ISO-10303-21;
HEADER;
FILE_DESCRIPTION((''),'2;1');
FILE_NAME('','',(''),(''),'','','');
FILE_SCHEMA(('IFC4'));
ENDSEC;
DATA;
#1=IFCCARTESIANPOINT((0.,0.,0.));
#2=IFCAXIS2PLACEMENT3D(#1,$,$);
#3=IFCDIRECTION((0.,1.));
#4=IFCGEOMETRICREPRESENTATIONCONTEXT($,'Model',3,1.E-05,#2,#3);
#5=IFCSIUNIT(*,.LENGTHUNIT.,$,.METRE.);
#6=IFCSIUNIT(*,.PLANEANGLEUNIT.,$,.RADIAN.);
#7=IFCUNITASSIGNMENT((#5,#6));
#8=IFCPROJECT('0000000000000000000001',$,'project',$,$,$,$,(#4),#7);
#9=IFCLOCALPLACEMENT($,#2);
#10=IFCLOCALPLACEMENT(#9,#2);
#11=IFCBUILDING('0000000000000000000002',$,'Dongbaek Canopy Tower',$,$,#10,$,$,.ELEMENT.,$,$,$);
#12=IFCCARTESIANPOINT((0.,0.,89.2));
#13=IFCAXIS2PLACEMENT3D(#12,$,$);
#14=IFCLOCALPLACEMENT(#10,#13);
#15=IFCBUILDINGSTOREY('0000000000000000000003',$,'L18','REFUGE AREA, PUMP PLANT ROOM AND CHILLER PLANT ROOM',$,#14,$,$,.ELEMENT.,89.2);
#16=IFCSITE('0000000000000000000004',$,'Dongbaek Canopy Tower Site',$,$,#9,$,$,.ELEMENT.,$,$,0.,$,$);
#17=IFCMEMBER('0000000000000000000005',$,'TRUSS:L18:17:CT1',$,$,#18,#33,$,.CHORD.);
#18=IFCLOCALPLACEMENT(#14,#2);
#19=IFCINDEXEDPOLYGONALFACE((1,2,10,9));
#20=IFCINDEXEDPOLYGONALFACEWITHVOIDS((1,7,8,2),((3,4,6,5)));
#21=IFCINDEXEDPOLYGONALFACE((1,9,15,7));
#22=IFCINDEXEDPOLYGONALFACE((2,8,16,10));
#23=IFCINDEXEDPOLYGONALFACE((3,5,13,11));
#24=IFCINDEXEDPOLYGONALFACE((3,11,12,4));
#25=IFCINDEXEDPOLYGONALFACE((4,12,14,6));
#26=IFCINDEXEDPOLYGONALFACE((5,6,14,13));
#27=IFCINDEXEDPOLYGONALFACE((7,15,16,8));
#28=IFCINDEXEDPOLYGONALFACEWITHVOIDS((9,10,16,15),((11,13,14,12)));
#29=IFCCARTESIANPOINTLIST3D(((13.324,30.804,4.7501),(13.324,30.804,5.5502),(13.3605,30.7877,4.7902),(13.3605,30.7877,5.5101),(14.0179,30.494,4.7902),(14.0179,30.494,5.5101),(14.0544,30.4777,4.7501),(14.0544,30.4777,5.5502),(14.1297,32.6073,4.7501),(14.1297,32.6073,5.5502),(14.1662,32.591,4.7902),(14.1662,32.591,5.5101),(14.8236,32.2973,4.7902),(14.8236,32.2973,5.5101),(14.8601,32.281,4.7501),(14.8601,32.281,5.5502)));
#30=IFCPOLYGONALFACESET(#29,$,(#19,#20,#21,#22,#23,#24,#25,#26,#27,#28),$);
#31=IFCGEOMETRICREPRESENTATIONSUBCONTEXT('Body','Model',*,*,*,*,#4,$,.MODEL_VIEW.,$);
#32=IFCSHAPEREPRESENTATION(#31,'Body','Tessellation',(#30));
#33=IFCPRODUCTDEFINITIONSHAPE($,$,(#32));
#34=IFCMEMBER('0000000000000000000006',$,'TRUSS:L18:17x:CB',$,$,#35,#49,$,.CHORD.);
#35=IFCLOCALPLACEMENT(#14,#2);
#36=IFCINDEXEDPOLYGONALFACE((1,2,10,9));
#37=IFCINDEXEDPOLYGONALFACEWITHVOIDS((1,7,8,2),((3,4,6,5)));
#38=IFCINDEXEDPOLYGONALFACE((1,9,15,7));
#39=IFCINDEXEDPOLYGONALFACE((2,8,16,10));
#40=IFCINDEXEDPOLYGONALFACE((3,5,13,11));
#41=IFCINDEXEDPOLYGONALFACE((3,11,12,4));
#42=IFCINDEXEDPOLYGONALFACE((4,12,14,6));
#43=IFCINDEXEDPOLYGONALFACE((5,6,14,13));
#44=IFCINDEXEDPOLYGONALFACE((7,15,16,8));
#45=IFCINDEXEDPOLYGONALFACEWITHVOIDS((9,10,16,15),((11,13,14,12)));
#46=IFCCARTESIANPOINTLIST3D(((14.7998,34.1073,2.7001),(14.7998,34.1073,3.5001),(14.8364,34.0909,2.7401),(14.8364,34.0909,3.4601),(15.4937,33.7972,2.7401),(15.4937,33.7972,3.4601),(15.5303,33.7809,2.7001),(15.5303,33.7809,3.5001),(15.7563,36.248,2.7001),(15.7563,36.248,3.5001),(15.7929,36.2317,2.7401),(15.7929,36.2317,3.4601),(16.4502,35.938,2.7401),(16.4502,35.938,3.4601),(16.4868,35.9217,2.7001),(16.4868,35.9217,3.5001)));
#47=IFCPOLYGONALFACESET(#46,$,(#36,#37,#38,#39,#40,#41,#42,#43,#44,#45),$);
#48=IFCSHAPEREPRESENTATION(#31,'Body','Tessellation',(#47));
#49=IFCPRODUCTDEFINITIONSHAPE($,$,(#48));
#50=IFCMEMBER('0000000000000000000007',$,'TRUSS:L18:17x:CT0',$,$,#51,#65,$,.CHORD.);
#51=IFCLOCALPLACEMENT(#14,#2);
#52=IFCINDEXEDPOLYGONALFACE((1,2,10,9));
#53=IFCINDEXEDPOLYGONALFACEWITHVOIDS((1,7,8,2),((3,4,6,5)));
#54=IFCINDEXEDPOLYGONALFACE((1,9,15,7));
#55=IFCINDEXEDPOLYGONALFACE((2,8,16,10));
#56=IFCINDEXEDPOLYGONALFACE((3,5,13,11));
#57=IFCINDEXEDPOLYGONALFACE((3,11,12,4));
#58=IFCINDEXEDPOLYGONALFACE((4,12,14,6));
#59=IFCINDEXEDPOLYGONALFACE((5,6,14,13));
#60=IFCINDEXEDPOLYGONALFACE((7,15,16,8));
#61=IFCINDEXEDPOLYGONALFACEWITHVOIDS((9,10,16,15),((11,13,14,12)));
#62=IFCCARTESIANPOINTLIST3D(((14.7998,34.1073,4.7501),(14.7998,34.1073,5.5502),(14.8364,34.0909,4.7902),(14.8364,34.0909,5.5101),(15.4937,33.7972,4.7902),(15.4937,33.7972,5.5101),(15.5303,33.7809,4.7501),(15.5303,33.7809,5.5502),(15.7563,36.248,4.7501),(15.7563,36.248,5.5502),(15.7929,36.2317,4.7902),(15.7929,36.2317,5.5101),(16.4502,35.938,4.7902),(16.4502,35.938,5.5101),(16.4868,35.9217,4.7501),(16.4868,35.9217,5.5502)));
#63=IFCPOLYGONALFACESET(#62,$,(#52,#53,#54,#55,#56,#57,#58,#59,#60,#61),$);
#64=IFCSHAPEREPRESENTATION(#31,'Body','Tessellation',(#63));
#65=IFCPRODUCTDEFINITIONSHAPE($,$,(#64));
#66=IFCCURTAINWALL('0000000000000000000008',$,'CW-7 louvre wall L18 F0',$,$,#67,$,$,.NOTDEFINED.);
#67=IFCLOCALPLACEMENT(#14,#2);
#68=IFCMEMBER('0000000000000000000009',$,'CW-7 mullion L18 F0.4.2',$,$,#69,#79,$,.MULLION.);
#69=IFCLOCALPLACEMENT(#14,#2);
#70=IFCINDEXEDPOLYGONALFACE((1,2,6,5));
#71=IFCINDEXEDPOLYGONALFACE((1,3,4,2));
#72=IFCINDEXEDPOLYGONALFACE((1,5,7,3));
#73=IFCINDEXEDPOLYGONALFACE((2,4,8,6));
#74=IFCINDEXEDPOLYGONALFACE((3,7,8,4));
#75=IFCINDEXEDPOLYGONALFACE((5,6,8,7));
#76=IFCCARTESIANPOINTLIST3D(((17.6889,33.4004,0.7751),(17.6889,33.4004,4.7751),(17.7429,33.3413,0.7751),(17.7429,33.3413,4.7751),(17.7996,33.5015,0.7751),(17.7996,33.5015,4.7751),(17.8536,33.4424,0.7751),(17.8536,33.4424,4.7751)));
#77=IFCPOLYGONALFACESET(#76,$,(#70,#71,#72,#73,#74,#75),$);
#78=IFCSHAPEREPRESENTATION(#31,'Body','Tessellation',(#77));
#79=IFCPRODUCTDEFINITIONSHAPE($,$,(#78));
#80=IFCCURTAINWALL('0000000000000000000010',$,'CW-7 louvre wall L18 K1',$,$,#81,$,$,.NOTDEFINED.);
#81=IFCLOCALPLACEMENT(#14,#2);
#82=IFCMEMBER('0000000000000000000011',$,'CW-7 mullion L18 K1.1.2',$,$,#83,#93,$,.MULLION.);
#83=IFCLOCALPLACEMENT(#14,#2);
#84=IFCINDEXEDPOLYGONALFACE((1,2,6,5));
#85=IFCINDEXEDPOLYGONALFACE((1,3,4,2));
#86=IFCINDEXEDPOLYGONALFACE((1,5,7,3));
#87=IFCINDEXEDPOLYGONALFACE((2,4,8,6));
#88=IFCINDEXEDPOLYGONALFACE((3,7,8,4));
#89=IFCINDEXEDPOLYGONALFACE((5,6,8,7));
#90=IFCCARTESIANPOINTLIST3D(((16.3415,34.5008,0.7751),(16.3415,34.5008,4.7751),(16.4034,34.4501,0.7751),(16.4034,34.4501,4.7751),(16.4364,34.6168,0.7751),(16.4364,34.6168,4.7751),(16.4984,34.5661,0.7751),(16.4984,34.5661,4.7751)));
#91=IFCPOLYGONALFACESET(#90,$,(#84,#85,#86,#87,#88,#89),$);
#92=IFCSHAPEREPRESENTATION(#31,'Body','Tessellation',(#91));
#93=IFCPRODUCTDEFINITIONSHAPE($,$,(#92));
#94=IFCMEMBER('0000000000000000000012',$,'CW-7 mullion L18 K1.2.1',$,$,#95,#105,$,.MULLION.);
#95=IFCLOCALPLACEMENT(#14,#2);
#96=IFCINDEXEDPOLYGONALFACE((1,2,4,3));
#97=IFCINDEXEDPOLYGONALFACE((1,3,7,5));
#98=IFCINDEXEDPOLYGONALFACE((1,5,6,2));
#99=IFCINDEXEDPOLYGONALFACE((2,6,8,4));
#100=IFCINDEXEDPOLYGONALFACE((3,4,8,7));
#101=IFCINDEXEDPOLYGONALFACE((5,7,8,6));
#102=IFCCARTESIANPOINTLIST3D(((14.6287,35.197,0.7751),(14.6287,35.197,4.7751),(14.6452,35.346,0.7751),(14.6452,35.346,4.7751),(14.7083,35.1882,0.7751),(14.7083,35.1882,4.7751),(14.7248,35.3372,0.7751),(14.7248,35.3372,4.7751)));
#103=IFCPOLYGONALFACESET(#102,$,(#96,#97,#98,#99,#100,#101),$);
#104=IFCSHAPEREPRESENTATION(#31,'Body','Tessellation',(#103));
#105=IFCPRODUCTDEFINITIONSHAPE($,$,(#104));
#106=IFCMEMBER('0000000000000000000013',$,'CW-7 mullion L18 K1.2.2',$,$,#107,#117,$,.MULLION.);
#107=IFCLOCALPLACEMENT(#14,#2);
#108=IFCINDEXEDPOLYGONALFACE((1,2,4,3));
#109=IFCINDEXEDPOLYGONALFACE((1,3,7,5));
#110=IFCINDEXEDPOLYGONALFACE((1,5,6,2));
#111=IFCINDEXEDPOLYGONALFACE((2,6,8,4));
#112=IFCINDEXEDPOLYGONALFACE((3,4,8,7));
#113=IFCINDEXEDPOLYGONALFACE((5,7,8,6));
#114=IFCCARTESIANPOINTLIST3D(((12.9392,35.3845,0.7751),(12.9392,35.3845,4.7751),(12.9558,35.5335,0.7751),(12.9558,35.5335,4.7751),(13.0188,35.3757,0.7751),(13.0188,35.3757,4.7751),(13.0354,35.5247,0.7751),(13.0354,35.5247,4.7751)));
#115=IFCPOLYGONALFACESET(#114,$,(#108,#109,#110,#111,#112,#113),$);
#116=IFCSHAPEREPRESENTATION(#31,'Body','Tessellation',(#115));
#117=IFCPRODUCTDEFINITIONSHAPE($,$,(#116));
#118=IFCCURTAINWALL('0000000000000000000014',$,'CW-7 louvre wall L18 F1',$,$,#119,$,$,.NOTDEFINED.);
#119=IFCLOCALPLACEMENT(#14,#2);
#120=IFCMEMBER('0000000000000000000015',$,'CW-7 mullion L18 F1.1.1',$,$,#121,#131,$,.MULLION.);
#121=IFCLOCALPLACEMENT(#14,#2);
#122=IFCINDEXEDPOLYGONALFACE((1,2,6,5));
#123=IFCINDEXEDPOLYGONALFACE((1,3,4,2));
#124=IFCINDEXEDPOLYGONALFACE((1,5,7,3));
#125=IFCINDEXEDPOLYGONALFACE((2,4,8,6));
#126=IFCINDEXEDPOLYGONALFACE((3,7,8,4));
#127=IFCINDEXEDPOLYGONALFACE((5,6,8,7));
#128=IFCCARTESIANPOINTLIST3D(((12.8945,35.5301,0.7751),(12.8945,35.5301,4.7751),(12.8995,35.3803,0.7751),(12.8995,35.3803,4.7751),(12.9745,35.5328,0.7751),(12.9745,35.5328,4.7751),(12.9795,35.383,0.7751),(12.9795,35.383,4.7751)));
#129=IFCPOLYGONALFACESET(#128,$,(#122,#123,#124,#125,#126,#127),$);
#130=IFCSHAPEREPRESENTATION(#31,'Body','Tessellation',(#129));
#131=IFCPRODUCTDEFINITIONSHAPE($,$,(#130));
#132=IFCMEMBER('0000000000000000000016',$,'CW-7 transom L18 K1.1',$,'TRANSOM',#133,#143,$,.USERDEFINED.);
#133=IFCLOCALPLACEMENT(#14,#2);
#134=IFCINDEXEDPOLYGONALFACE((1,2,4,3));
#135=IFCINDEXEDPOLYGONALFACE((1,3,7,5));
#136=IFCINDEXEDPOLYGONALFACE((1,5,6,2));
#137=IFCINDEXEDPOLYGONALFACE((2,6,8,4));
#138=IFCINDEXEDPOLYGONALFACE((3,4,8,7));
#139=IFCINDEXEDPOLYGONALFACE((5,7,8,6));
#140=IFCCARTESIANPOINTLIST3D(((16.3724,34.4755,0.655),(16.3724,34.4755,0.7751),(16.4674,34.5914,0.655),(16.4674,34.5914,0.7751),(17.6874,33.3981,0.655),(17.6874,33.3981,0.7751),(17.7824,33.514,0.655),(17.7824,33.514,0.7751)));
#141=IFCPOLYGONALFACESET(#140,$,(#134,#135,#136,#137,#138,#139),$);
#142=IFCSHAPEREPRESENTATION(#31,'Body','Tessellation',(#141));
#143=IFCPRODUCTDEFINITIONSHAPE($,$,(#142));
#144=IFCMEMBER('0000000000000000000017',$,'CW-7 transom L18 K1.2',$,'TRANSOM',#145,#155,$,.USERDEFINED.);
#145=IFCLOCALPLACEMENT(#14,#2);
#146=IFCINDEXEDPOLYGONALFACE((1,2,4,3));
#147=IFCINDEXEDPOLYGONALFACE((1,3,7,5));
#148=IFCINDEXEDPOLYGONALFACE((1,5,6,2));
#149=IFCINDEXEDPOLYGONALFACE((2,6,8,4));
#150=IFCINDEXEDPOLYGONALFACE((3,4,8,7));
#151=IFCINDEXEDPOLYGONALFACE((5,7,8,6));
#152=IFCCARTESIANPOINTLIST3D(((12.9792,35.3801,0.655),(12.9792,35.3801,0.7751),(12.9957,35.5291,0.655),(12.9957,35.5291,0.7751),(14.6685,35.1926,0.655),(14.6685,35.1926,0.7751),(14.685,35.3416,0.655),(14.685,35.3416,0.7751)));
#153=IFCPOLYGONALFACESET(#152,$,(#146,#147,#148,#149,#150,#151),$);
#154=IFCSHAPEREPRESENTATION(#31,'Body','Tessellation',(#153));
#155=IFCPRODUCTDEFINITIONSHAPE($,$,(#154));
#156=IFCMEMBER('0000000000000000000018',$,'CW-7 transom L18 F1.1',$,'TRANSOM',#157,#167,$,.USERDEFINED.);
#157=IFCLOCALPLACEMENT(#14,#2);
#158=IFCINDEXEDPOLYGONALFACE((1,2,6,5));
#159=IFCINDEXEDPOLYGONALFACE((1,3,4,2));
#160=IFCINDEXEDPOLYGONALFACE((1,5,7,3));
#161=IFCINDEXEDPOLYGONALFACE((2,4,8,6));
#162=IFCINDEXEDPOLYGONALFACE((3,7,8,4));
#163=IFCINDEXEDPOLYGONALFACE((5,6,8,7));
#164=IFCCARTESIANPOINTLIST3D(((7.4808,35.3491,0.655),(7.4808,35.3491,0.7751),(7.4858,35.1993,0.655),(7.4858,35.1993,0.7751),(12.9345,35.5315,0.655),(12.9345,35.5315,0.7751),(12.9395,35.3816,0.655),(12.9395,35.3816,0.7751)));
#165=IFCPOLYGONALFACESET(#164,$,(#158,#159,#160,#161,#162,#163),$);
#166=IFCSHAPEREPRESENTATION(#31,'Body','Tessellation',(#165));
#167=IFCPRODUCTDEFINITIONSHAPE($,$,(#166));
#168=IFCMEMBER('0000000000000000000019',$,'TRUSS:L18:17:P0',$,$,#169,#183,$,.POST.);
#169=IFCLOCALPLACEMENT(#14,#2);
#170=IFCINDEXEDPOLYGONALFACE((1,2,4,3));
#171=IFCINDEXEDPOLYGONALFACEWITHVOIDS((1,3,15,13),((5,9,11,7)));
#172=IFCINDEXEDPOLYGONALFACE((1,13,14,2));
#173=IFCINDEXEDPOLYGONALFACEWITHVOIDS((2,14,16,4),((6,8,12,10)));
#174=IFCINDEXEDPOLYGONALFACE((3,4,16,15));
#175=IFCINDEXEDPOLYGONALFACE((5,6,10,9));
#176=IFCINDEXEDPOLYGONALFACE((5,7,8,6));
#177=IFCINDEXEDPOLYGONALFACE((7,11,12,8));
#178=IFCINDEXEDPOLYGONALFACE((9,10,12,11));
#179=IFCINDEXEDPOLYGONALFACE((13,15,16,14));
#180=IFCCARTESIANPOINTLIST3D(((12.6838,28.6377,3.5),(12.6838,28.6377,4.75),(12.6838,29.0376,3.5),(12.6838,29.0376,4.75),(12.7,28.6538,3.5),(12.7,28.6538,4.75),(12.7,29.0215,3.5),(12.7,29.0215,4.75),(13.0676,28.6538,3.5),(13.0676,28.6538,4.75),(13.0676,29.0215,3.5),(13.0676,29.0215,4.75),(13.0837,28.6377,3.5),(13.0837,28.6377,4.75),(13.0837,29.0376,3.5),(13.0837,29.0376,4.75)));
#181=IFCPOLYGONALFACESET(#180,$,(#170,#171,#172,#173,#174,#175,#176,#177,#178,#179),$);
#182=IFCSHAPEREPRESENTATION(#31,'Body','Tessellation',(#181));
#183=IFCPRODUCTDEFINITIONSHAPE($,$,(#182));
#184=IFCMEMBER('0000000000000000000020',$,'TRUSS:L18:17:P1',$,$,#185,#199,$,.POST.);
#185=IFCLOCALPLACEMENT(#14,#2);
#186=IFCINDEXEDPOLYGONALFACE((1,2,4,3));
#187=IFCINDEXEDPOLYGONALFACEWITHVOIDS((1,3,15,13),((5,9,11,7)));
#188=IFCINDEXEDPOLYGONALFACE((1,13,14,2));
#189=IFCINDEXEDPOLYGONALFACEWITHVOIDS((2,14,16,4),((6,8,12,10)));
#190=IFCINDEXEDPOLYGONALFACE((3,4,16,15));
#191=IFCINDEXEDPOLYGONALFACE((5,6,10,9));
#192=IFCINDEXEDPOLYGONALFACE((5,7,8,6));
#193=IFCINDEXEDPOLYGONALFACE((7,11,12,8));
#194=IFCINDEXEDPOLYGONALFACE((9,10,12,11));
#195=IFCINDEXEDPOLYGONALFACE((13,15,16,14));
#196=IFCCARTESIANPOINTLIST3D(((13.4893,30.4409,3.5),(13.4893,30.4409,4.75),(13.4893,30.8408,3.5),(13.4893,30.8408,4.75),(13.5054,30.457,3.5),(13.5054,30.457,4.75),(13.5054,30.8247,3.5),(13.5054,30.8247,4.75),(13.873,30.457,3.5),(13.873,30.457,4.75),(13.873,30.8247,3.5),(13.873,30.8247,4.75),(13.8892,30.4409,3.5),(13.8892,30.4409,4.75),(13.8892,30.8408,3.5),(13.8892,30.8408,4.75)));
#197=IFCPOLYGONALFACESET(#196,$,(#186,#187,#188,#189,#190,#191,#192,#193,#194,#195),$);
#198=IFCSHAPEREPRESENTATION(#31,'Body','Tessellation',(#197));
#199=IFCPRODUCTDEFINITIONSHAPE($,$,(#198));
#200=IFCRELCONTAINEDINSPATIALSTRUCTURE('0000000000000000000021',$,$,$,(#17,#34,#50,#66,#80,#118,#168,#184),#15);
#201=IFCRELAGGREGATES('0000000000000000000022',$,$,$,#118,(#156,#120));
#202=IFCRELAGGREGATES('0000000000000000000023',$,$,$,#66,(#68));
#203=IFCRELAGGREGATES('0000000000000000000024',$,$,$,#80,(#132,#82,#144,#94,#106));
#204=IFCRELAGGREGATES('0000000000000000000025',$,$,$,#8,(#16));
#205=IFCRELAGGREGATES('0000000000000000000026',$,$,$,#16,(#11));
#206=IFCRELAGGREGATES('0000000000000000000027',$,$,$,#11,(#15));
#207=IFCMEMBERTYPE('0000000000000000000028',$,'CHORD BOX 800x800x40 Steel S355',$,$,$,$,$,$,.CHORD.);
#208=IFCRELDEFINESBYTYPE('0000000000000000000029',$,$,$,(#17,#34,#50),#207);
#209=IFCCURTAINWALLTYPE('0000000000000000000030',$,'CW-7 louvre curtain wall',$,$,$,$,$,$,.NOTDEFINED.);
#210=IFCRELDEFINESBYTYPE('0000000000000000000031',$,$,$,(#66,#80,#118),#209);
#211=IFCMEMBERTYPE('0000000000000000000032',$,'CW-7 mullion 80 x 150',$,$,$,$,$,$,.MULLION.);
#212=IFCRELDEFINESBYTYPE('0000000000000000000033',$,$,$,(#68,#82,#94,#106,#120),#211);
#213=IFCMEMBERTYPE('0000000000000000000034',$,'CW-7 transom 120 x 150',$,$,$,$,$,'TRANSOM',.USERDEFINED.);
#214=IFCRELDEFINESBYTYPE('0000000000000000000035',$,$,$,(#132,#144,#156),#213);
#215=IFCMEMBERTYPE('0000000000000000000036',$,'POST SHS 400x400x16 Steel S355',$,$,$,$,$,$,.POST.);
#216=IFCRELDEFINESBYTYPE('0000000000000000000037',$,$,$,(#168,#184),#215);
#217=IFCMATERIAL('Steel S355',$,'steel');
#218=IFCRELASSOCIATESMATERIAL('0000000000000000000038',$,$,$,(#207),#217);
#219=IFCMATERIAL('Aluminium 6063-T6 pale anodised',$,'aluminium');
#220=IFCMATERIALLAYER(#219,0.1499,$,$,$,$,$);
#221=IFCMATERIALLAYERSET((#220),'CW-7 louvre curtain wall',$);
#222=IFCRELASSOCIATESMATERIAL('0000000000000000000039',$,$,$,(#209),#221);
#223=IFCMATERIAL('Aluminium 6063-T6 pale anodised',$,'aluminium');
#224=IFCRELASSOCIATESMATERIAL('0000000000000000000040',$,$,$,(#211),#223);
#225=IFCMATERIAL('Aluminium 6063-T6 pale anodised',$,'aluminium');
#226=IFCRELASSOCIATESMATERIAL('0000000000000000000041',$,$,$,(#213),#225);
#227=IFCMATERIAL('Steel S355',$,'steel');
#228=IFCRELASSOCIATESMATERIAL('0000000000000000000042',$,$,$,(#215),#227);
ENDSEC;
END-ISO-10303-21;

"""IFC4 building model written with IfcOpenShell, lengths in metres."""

from ifc_helpers import new_model, si_unit, direction, frame, origin, origin_2d, place, context, subcontext, project, spatial, rectangle, hollow_rectangle, extrude, material, layer, layer_set, material_profile, profile_set, type_object, element, aggregate, save


model = new_model("IFC4")

# Units and contexts
model_context = context("Model", 3, precision=1e-05, world=origin(), true_north=direction((0.0, 1.0)))
body_context = subcontext(model_context, "Body", "Model", "MODEL_VIEW")
ifc_project = project(units=[si_unit("LENGTHUNIT", "METRE"), si_unit("PLANEANGLEUNIT", "RADIAN")], contexts=[model_context])

# Site, building, storey
site_placement = place(None, origin())
site = spatial("IfcSite", under=ifc_project, at=site_placement, Name="Dongbaek Canopy Tower Site", CompositionType="ELEMENT", RefElevation=0.0)
building_placement = place(site_placement, origin())
building = spatial("IfcBuilding", under=site, at=building_placement, Name="Dongbaek Canopy Tower", CompositionType="ELEMENT")
storey_placement = place(building_placement, frame((0.0, 0.0, 89.2)))
storey = spatial("IfcBuildingStorey", under=building, at=storey_placement, Name="L18", Description="REFUGE AREA, PUMP PLANT ROOM AND CHILLER PLANT ROOM", CompositionType="ELEMENT", Elevation=89.2)

# Members
ifc_material_1 = material(Name="Steel S355", Category="steel")
ifc_material_profile_1 = material_profile(ifc_material_1, hollow_rectangle(XDim=0.8, YDim=0.8, WallThickness=0.04, at=origin_2d()), Name="CHORD BOX 800x800x40 Steel S355")
ifc_profile_set_1 = profile_set([ifc_material_profile_1], Name="Steel S355")
member_type_1 = type_object("IfcMemberType", Name="CHORD BOX 800x800x40 Steel S355", PredefinedType="CHORD", material=ifc_profile_set_1)
member_1_placement = place(storey_placement, frame((13.6892, 30.6409, 5.1501), z_axis=(0.407927, 0.913015, 0.0), x_axis=(-0.913015, 0.407927, 0.0)))
element("IfcMember", 1, at=member_1_placement, inside=storey, type_object=member_type_1, Name="TRUSS:L18:17:CT1", PredefinedType="CHORD", context=body_context, shape_type="SweptSolid", body=[
    extrude(hollow_rectangle(XDim=0.8, YDim=0.8, WallThickness=0.04, at=origin_2d()), origin(), (0.0, 0.0, 1.0), 1.9751),
])
for number, where, z_axis, x_axis, name in (
    (2, (15.165, 33.9441, 3.1001), (0.407935, 0.913011, 0.0), (-0.913011, 0.407935, 0.0), "TRUSS:L18:17x:CB"),
    (3, (15.165, 33.9441, 5.1501), (0.407935, 0.913011, 0.0), (-0.913011, 0.407935, 0.0), "TRUSS:L18:17x:CT0"),
):
    element("IfcMember", number, at=place(storey_placement, frame(where, z_axis=z_axis, x_axis=x_axis)), inside=storey, type_object=member_type_1, Name=name, PredefinedType="CHORD", context=body_context, shape_type="SweptSolid", body=[
        extrude(hollow_rectangle(XDim=0.8, YDim=0.8, WallThickness=0.04, at=origin_2d()), origin(), (0.0, 0.0, 1.0), 2.3447),
    ])

# Curtain wall, member
ifc_material_2 = material(Name="Aluminium 6063-T6 pale anodised", Category="aluminium")
ifc_layer_1 = layer(ifc_material_2, 0.1499)
ifc_layer_set_1 = layer_set([ifc_layer_1], Name="CW-7 louvre curtain wall")
curtain_wall_type = type_object("IfcCurtainWallType", Name="CW-7 louvre curtain wall", PredefinedType="NOTDEFINED", material=ifc_layer_set_1)
curtain_wall_1_placement = place(storey_placement, origin())
curtain_wall_1 = element("IfcCurtainWall", 4, at=curtain_wall_1_placement, inside=storey, type_object=curtain_wall_type, Name="CW-7 louvre wall L18 F0", PredefinedType="NOTDEFINED")
ifc_material_3 = material(Name="Aluminium 6063-T6 pale anodised", Category="aluminium")
ifc_material_profile_2 = material_profile(ifc_material_3, rectangle(XDim=0.1499, YDim=0.0801, at=origin_2d()), Name="CW-7 mullion 80 x 150")
ifc_profile_set_2 = profile_set([ifc_material_profile_2], Name="Aluminium 6063-T6 pale anodised")
member_type_2 = type_object("IfcMemberType", Name="CW-7 mullion 80 x 150", PredefinedType="MULLION", material=ifc_profile_set_2)
member_2_placement = place(storey_placement, frame((17.7712, 33.4214, 0.7751), z_axis=(0.0, 0.0, 1.0), x_axis=(0.738141, 0.674647, 0.0)))
member_2 = element("IfcMember", 5, at=member_2_placement, type_object=member_type_2, Name="CW-7 mullion L18 F0.4.2", PredefinedType="MULLION", context=body_context, shape_type="SweptSolid", body=[
    extrude(rectangle(XDim=0.1499, YDim=0.0801, at=origin_2d()), origin(), (0.0, 0.0, 1.0), 4.0),
])

# Curtain wall, members
curtain_wall_2_placement = place(storey_placement, origin())
curtain_wall_2 = element("IfcCurtainWall", 6, at=curtain_wall_2_placement, inside=storey, type_object=curtain_wall_type, Name="CW-7 louvre wall L18 K1", PredefinedType="NOTDEFINED")
member_3_placement = place(storey_placement, frame((16.4199, 34.5334, 0.7751), z_axis=(0.0, 0.0, 1.0), x_axis=(0.633718, 0.773564, 0.0)))
member_3 = element("IfcMember", 7, at=member_3_placement, type_object=member_type_2, Name="CW-7 mullion L18 K1.1.2", PredefinedType="MULLION", context=body_context, shape_type="SweptSolid", body=[
    extrude(rectangle(XDim=0.1499, YDim=0.0801, at=origin_2d()), origin(), (0.0, 0.0, 1.0), 4.0),
])
member_4_placement = place(storey_placement, frame((14.6768, 35.2671, 0.7751), z_axis=(0.0, 0.0, 1.0), x_axis=(0.110287, 0.9939, 0.0)))
member_4 = element("IfcMember", 8, at=member_4_placement, type_object=member_type_2, Name="CW-7 mullion L18 K1.2.1", PredefinedType="MULLION", context=body_context, shape_type="SweptSolid", body=[
    extrude(rectangle(XDim=0.1499, YDim=0.0801, at=origin_2d()), origin(), (0.0, 0.0, 1.0), 4.0),
])
member_5_placement = place(storey_placement, frame((12.9873, 35.4546, 0.7751), z_axis=(0.0, 0.0, 1.0), x_axis=(0.110287, 0.9939, 0.0)))
member_5 = element("IfcMember", 9, at=member_5_placement, type_object=member_type_2, Name="CW-7 mullion L18 K1.2.2", PredefinedType="MULLION", context=body_context, shape_type="SweptSolid", body=[
    extrude(rectangle(XDim=0.1499, YDim=0.0801, at=origin_2d()), origin(), (0.0, 0.0, 1.0), 4.0),
])

# Curtain wall, member
curtain_wall_3_placement = place(storey_placement, origin())
curtain_wall_3 = element("IfcCurtainWall", 10, at=curtain_wall_3_placement, inside=storey, type_object=curtain_wall_type, Name="CW-7 louvre wall L18 F1", PredefinedType="NOTDEFINED")
member_6_placement = place(storey_placement, frame((12.937, 35.4565, 0.7751), z_axis=(0.0, 0.0, 1.0), x_axis=(-0.033442, 0.999441, 0.0)))
member_6 = element("IfcMember", 11, at=member_6_placement, type_object=member_type_2, Name="CW-7 mullion L18 F1.1.1", PredefinedType="MULLION", context=body_context, shape_type="SweptSolid", body=[
    extrude(rectangle(XDim=0.1499, YDim=0.0801, at=origin_2d()), origin(), (0.0, 0.0, 1.0), 4.0),
])

# Members
ifc_material_4 = material(Name="Aluminium 6063-T6 pale anodised", Category="aluminium")
ifc_material_profile_3 = material_profile(ifc_material_4, rectangle(XDim=0.1499, YDim=0.1201, at=origin_2d()), Name="CW-7 transom 120 x 150")
ifc_profile_set_3 = profile_set([ifc_material_profile_3], Name="Aluminium 6063-T6 pale anodised")
member_type_3 = type_object("IfcMemberType", Name="CW-7 transom 120 x 150", ElementType="TRANSOM", PredefinedType="USERDEFINED", material=ifc_profile_set_3)
member_7_placement = place(storey_placement, frame((17.7349, 33.4561, 0.7151), z_axis=(-0.773516, 0.633777, 0.0), x_axis=(-0.633777, -0.773516, 0.0)))
member_7 = element("IfcMember", 12, at=member_7_placement, type_object=member_type_3, Name="CW-7 transom L18 K1.1", ObjectType="TRANSOM", PredefinedType="USERDEFINED", context=body_context, shape_type="SweptSolid", body=[
    extrude(rectangle(XDim=0.1499, YDim=0.1201, at=origin_2d()), origin(), (0.0, 0.0, 1.0), 1.7),
])
member_8_placement = place(storey_placement, frame((14.6768, 35.2671, 0.7151), z_axis=(-0.993898, 0.110305, 0.0), x_axis=(-0.110305, -0.993898, 0.0)))
member_8 = element("IfcMember", 13, at=member_8_placement, type_object=member_type_3, Name="CW-7 transom L18 K1.2", ObjectType="TRANSOM", PredefinedType="USERDEFINED", context=body_context, shape_type="SweptSolid", body=[
    extrude(rectangle(XDim=0.1499, YDim=0.1201, at=origin_2d()), origin(), (0.0, 0.0, 1.0), 1.6997),
])
member_9_placement = place(storey_placement, frame((12.937, 35.4565, 0.7151), z_axis=(-0.999441, -0.033421, 0.0), x_axis=(0.033421, -0.999441, 0.0)))
member_9 = element("IfcMember", 14, at=member_9_placement, type_object=member_type_3, Name="CW-7 transom L18 F1.1", ObjectType="TRANSOM", PredefinedType="USERDEFINED", context=body_context, shape_type="SweptSolid", body=[
    extrude(rectangle(XDim=0.1499, YDim=0.1201, at=origin_2d()), origin(), (0.0, 0.0, 1.0), 5.4568),
])
aggregate(curtain_wall_3, [member_9, member_6])

# Members
ifc_material_5 = material(Name="Steel S355", Category="steel")
ifc_material_profile_4 = material_profile(ifc_material_5, hollow_rectangle(XDim=0.3999, YDim=0.3999, WallThickness=0.0161, at=origin_2d()), Name="POST SHS 400x400x16 Steel S355")
ifc_profile_set_4 = profile_set([ifc_material_profile_4], Name="Steel S355")
member_type_4 = type_object("IfcMemberType", Name="POST SHS 400x400x16 Steel S355", PredefinedType="POST", material=ifc_profile_set_4)
for number, where, z_axis, x_axis, name in (
    (15, (12.8838, 28.8376, 3.5), (0.0, 0.0, 1.0), (1.0, 0.0, 0.0), "TRUSS:L18:17:P0"),
    (16, (13.6892, 30.6409, 3.5), (0.0, 0.0, 1.0), (1.0, 0.0, 0.0), "TRUSS:L18:17:P1"),
):
    element("IfcMember", number, at=place(storey_placement, frame(where, z_axis=z_axis, x_axis=x_axis)), inside=storey, type_object=member_type_4, Name=name, PredefinedType="POST", context=body_context, shape_type="SweptSolid", body=[
        extrude(hollow_rectangle(XDim=0.3999, YDim=0.3999, WallThickness=0.0161, at=origin_2d()), origin(), (0.0, 0.0, 1.0), 1.25),
    ])

aggregate(curtain_wall_1, [member_2])
aggregate(curtain_wall_2, [member_7, member_3, member_8, member_4, member_5])

save(model, "model.ifc")
